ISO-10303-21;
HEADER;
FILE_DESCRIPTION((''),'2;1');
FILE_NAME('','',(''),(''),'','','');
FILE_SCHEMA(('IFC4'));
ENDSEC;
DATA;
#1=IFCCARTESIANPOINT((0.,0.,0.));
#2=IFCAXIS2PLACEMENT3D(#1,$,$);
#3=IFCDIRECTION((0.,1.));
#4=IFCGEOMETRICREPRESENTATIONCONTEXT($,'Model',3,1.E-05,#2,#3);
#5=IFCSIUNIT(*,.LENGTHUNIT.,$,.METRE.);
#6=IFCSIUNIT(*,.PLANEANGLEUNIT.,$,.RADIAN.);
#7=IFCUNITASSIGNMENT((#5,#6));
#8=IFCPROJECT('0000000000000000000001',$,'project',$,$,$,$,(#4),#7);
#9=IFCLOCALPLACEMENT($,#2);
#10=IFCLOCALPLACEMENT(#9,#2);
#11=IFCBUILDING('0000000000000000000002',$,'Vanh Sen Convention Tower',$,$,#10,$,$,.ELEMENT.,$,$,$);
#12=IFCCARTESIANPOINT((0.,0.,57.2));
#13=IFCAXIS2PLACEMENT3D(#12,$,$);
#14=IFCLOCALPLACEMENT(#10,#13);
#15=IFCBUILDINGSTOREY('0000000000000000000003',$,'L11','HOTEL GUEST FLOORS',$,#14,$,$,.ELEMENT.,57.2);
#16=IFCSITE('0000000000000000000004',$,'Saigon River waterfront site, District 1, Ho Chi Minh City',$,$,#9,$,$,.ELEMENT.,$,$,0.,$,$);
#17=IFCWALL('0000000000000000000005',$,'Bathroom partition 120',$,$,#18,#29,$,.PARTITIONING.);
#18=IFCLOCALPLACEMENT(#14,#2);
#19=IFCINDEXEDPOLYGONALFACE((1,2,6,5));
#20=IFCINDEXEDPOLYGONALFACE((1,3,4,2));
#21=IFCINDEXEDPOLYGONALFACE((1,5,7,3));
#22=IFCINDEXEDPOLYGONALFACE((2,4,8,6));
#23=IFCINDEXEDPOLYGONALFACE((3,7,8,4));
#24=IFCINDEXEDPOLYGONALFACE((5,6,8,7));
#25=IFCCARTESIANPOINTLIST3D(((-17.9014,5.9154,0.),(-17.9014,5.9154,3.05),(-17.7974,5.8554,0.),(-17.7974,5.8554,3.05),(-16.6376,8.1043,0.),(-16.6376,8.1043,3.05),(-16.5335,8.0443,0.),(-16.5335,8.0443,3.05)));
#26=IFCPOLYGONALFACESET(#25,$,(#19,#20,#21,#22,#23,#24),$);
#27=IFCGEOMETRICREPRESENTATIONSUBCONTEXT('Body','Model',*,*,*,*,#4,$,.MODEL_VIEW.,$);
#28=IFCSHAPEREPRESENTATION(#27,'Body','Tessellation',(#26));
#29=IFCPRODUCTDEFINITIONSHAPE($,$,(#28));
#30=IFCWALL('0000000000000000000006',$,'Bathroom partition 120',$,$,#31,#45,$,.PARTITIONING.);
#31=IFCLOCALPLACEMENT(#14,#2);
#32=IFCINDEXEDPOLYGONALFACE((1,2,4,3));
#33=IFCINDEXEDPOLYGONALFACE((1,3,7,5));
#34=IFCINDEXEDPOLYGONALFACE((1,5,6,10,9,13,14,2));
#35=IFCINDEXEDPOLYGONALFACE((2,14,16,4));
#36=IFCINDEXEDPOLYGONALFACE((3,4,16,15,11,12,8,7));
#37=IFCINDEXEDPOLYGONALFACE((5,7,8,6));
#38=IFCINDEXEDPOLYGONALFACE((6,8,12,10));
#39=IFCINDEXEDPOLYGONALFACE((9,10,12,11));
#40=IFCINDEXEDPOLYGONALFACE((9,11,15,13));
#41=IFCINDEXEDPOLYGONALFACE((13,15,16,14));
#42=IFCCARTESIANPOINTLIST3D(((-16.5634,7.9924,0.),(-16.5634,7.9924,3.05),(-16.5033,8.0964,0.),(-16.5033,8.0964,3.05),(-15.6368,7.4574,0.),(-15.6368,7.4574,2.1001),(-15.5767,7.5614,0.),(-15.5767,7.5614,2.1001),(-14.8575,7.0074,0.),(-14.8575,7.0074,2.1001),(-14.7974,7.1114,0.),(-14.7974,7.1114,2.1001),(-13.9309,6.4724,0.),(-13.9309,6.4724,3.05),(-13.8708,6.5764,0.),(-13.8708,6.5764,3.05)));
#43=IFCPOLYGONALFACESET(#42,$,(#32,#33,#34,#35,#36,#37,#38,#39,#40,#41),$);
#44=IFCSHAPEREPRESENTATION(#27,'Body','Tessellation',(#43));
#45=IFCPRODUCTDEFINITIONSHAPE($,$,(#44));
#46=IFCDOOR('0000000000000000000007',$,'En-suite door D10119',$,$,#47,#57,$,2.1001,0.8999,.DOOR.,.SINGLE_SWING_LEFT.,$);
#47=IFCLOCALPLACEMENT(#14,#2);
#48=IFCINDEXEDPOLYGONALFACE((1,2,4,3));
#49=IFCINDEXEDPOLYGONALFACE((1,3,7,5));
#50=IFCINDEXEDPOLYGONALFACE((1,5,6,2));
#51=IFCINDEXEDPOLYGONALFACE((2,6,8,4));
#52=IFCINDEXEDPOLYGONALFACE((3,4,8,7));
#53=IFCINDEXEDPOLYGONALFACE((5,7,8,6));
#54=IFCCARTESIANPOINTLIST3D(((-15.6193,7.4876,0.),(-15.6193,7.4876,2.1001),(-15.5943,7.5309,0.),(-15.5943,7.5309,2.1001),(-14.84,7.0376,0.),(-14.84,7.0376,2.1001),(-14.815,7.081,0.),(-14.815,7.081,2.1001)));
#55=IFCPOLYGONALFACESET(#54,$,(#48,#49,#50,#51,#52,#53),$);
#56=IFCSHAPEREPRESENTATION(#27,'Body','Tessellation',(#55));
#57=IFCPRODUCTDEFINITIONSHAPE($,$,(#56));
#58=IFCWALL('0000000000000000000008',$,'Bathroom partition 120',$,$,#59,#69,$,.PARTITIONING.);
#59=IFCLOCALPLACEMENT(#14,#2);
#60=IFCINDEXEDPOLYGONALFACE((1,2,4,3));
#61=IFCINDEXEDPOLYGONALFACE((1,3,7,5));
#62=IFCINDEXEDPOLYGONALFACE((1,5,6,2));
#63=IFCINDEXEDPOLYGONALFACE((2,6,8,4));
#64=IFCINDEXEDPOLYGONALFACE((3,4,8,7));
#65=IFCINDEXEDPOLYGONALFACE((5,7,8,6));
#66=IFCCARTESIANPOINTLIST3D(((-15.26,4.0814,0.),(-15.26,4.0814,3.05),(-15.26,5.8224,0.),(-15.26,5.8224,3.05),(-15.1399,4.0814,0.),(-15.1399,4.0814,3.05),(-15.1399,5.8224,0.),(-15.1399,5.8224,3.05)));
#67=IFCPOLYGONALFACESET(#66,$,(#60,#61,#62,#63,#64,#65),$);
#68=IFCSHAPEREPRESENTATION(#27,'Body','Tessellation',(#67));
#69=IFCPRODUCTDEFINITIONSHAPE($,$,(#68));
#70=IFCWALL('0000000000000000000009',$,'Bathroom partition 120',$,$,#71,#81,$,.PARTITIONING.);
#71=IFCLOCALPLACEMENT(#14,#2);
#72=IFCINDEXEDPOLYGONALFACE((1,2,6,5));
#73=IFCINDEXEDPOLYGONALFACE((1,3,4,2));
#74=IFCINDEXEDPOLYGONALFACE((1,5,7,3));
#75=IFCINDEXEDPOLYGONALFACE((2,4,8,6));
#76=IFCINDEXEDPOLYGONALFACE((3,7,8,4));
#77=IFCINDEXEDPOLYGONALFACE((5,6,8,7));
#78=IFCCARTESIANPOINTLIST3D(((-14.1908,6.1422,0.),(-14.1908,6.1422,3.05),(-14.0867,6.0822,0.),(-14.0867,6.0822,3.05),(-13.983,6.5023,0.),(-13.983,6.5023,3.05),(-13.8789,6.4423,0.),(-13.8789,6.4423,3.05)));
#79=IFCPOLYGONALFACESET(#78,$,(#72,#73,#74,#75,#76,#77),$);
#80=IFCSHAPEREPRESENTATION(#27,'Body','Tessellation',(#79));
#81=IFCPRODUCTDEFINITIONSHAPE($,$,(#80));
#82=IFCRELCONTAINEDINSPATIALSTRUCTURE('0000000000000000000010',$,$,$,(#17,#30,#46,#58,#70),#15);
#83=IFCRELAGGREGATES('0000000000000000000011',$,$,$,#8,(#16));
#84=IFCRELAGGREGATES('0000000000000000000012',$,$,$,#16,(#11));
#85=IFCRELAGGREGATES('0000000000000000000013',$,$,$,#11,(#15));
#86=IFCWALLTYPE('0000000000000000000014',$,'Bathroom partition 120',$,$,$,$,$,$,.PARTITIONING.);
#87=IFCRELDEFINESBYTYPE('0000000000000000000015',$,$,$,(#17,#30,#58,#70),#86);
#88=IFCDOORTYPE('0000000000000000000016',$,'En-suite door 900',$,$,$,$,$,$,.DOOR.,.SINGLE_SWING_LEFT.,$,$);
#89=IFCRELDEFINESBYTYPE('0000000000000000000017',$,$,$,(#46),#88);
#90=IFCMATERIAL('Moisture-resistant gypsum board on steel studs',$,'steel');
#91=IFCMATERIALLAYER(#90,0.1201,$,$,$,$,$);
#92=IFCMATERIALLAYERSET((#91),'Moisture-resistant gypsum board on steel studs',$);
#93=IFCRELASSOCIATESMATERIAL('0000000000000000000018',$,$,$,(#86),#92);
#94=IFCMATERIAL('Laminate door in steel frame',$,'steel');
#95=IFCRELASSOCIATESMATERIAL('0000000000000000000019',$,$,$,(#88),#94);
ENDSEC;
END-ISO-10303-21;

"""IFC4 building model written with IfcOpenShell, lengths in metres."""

from ifc_helpers import new_model, si_unit, direction, frame, frame_2d, origin, place, context, subcontext, project, spatial, rectangle, extrude, material, layer, layer_set, type_object, element, fill, save


model = new_model("IFC4")

# Units and contexts
model_context = context("Model", 3, precision=1e-05, world=origin(), true_north=direction((0.0, 1.0)))
body_context = subcontext(model_context, "Body", "Model", "MODEL_VIEW")
ifc_project = project(units=[si_unit("LENGTHUNIT", "METRE"), si_unit("PLANEANGLEUNIT", "RADIAN")], contexts=[model_context])

# Site, building, storey
site_placement = place(None, origin())
site = spatial("IfcSite", under=ifc_project, at=site_placement, Name="Saigon River waterfront site, District 1, Ho Chi Minh City", CompositionType="ELEMENT", RefElevation=0.0)
building_placement = place(site_placement, origin())
building = spatial("IfcBuilding", under=site, at=building_placement, Name="Vanh Sen Convention Tower", CompositionType="ELEMENT")
storey_placement = place(building_placement, frame((0.0, 0.0, 57.2)))
storey = spatial("IfcBuildingStorey", under=building, at=storey_placement, Name="L11", Description="HOTEL GUEST FLOORS", CompositionType="ELEMENT", Elevation=57.2)

# Wall
ifc_material_1 = material(Name="Moisture-resistant gypsum board on steel studs", Category="steel")
ifc_layer_1 = layer(ifc_material_1, 0.1201)
ifc_layer_set_1 = layer_set([ifc_layer_1], Name="Moisture-resistant gypsum board on steel studs")
wall_type_1 = type_object("IfcWallType", Name="Bathroom partition 120", PredefinedType="PARTITIONING", material=ifc_layer_set_1)
wall_1_placement = place(storey_placement, frame((-17.8494, 5.8855, 0.0), z_axis=(0.0, 0.0, 1.0), x_axis=(0.500035, 0.866005, 0.0)))
element("IfcWall", 1, at=wall_1_placement, inside=storey, type_object=wall_type_1, Name="Bathroom partition 120", PredefinedType="PARTITIONING", context=body_context, shape_type="SweptSolid", body=[
    extrude(rectangle(XDim=2.5276, YDim=0.1201, at=frame_2d((1.2637, 0.0))), origin(), (0.0, 0.0, 1.0), 3.05),
])

# Wall, opening, door
wall_2_placement = place(storey_placement, frame((-16.5334, 8.0444, 0.0), z_axis=(0.0, 0.0, 1.0), x_axis=(0.86601, -0.500026, 0.0)))
wall_2 = element("IfcWall", 2, at=wall_2_placement, inside=storey, type_object=wall_type_1, Name="Bathroom partition 120", PredefinedType="PARTITIONING", context=body_context, shape_type="SweptSolid", body=[
    extrude(rectangle(XDim=3.0398, YDim=0.1201, at=frame_2d((1.52, 0.0))), origin(), (0.0, 0.0, 1.0), 3.05),
])
opening_1_placement = place(wall_2_placement, frame((1.0701, 0.0, 0.0)))
opening_1 = element("IfcOpeningElement", 3, at=opening_1_placement, cuts=wall_2, PredefinedType="OPENING", context=body_context, shape_type="SweptSolid", body=[
    extrude(rectangle(XDim=0.8999, YDim=2.1001, at=frame_2d((0.45, 1.05))), frame((0.0, 0.0701, 0.0), z_axis=(0.0, -1.0, 0.0), x_axis=(1.0, 0.0, 0.0)), (0.0, 0.0, 1.0), 0.1401),
])
ifc_material_2 = material(Name="Laminate door in steel frame", Category="steel")
door_type = type_object("IfcDoorType", Name="En-suite door 900", OperationType="SINGLE_SWING_LEFT", PredefinedType="DOOR", material=ifc_material_2)
door_placement = place(opening_1_placement, origin())
door = element("IfcDoor", 4, at=door_placement, inside=storey, type_object=door_type, Name="En-suite door D10119", OperationType="SINGLE_SWING_LEFT", OverallHeight=2.1001, OverallWidth=0.8999, PredefinedType="DOOR", context=body_context, shape_type="SweptSolid", body=[
    extrude(rectangle(XDim=0.8999, YDim=2.1001, at=frame_2d((0.45, 1.05))), frame((0.0, 0.0249, 0.0), z_axis=(0.0, -1.0, 0.0), x_axis=(1.0, 0.0, 0.0)), (0.0, 0.0, 1.0), 0.05),
])
fill(opening_1, door)

# Walls
wall_3_placement = place(storey_placement, frame((-15.2, 4.0813, 0.0), z_axis=(0.0, 0.0, 1.0), x_axis=(0.0, 1.0, 0.0)))
element("IfcWall", 5, at=wall_3_placement, inside=storey, type_object=wall_type_1, Name="Bathroom partition 120", PredefinedType="PARTITIONING", context=body_context, shape_type="SweptSolid", body=[
    extrude(rectangle(XDim=1.741, YDim=0.1201, at=frame_2d((0.8706, 0.0))), origin(), (0.0, 0.0, 1.0), 3.05),
])
wall_4_placement = place(storey_placement, frame((-13.9309, 6.4724, 0.0), z_axis=(0.0, 0.0, 1.0), x_axis=(-0.499739, -0.866176, 0.0)))
element("IfcWall", 6, at=wall_4_placement, inside=storey, type_object=wall_type_1, Name="Bathroom partition 120", PredefinedType="PARTITIONING", context=body_context, shape_type="SweptSolid", body=[
    extrude(rectangle(XDim=0.4158, YDim=0.1201, at=frame_2d((0.208, 0.0))), origin(), (0.0, 0.0, 1.0), 3.05),
])

save(model, "model.ifc")
